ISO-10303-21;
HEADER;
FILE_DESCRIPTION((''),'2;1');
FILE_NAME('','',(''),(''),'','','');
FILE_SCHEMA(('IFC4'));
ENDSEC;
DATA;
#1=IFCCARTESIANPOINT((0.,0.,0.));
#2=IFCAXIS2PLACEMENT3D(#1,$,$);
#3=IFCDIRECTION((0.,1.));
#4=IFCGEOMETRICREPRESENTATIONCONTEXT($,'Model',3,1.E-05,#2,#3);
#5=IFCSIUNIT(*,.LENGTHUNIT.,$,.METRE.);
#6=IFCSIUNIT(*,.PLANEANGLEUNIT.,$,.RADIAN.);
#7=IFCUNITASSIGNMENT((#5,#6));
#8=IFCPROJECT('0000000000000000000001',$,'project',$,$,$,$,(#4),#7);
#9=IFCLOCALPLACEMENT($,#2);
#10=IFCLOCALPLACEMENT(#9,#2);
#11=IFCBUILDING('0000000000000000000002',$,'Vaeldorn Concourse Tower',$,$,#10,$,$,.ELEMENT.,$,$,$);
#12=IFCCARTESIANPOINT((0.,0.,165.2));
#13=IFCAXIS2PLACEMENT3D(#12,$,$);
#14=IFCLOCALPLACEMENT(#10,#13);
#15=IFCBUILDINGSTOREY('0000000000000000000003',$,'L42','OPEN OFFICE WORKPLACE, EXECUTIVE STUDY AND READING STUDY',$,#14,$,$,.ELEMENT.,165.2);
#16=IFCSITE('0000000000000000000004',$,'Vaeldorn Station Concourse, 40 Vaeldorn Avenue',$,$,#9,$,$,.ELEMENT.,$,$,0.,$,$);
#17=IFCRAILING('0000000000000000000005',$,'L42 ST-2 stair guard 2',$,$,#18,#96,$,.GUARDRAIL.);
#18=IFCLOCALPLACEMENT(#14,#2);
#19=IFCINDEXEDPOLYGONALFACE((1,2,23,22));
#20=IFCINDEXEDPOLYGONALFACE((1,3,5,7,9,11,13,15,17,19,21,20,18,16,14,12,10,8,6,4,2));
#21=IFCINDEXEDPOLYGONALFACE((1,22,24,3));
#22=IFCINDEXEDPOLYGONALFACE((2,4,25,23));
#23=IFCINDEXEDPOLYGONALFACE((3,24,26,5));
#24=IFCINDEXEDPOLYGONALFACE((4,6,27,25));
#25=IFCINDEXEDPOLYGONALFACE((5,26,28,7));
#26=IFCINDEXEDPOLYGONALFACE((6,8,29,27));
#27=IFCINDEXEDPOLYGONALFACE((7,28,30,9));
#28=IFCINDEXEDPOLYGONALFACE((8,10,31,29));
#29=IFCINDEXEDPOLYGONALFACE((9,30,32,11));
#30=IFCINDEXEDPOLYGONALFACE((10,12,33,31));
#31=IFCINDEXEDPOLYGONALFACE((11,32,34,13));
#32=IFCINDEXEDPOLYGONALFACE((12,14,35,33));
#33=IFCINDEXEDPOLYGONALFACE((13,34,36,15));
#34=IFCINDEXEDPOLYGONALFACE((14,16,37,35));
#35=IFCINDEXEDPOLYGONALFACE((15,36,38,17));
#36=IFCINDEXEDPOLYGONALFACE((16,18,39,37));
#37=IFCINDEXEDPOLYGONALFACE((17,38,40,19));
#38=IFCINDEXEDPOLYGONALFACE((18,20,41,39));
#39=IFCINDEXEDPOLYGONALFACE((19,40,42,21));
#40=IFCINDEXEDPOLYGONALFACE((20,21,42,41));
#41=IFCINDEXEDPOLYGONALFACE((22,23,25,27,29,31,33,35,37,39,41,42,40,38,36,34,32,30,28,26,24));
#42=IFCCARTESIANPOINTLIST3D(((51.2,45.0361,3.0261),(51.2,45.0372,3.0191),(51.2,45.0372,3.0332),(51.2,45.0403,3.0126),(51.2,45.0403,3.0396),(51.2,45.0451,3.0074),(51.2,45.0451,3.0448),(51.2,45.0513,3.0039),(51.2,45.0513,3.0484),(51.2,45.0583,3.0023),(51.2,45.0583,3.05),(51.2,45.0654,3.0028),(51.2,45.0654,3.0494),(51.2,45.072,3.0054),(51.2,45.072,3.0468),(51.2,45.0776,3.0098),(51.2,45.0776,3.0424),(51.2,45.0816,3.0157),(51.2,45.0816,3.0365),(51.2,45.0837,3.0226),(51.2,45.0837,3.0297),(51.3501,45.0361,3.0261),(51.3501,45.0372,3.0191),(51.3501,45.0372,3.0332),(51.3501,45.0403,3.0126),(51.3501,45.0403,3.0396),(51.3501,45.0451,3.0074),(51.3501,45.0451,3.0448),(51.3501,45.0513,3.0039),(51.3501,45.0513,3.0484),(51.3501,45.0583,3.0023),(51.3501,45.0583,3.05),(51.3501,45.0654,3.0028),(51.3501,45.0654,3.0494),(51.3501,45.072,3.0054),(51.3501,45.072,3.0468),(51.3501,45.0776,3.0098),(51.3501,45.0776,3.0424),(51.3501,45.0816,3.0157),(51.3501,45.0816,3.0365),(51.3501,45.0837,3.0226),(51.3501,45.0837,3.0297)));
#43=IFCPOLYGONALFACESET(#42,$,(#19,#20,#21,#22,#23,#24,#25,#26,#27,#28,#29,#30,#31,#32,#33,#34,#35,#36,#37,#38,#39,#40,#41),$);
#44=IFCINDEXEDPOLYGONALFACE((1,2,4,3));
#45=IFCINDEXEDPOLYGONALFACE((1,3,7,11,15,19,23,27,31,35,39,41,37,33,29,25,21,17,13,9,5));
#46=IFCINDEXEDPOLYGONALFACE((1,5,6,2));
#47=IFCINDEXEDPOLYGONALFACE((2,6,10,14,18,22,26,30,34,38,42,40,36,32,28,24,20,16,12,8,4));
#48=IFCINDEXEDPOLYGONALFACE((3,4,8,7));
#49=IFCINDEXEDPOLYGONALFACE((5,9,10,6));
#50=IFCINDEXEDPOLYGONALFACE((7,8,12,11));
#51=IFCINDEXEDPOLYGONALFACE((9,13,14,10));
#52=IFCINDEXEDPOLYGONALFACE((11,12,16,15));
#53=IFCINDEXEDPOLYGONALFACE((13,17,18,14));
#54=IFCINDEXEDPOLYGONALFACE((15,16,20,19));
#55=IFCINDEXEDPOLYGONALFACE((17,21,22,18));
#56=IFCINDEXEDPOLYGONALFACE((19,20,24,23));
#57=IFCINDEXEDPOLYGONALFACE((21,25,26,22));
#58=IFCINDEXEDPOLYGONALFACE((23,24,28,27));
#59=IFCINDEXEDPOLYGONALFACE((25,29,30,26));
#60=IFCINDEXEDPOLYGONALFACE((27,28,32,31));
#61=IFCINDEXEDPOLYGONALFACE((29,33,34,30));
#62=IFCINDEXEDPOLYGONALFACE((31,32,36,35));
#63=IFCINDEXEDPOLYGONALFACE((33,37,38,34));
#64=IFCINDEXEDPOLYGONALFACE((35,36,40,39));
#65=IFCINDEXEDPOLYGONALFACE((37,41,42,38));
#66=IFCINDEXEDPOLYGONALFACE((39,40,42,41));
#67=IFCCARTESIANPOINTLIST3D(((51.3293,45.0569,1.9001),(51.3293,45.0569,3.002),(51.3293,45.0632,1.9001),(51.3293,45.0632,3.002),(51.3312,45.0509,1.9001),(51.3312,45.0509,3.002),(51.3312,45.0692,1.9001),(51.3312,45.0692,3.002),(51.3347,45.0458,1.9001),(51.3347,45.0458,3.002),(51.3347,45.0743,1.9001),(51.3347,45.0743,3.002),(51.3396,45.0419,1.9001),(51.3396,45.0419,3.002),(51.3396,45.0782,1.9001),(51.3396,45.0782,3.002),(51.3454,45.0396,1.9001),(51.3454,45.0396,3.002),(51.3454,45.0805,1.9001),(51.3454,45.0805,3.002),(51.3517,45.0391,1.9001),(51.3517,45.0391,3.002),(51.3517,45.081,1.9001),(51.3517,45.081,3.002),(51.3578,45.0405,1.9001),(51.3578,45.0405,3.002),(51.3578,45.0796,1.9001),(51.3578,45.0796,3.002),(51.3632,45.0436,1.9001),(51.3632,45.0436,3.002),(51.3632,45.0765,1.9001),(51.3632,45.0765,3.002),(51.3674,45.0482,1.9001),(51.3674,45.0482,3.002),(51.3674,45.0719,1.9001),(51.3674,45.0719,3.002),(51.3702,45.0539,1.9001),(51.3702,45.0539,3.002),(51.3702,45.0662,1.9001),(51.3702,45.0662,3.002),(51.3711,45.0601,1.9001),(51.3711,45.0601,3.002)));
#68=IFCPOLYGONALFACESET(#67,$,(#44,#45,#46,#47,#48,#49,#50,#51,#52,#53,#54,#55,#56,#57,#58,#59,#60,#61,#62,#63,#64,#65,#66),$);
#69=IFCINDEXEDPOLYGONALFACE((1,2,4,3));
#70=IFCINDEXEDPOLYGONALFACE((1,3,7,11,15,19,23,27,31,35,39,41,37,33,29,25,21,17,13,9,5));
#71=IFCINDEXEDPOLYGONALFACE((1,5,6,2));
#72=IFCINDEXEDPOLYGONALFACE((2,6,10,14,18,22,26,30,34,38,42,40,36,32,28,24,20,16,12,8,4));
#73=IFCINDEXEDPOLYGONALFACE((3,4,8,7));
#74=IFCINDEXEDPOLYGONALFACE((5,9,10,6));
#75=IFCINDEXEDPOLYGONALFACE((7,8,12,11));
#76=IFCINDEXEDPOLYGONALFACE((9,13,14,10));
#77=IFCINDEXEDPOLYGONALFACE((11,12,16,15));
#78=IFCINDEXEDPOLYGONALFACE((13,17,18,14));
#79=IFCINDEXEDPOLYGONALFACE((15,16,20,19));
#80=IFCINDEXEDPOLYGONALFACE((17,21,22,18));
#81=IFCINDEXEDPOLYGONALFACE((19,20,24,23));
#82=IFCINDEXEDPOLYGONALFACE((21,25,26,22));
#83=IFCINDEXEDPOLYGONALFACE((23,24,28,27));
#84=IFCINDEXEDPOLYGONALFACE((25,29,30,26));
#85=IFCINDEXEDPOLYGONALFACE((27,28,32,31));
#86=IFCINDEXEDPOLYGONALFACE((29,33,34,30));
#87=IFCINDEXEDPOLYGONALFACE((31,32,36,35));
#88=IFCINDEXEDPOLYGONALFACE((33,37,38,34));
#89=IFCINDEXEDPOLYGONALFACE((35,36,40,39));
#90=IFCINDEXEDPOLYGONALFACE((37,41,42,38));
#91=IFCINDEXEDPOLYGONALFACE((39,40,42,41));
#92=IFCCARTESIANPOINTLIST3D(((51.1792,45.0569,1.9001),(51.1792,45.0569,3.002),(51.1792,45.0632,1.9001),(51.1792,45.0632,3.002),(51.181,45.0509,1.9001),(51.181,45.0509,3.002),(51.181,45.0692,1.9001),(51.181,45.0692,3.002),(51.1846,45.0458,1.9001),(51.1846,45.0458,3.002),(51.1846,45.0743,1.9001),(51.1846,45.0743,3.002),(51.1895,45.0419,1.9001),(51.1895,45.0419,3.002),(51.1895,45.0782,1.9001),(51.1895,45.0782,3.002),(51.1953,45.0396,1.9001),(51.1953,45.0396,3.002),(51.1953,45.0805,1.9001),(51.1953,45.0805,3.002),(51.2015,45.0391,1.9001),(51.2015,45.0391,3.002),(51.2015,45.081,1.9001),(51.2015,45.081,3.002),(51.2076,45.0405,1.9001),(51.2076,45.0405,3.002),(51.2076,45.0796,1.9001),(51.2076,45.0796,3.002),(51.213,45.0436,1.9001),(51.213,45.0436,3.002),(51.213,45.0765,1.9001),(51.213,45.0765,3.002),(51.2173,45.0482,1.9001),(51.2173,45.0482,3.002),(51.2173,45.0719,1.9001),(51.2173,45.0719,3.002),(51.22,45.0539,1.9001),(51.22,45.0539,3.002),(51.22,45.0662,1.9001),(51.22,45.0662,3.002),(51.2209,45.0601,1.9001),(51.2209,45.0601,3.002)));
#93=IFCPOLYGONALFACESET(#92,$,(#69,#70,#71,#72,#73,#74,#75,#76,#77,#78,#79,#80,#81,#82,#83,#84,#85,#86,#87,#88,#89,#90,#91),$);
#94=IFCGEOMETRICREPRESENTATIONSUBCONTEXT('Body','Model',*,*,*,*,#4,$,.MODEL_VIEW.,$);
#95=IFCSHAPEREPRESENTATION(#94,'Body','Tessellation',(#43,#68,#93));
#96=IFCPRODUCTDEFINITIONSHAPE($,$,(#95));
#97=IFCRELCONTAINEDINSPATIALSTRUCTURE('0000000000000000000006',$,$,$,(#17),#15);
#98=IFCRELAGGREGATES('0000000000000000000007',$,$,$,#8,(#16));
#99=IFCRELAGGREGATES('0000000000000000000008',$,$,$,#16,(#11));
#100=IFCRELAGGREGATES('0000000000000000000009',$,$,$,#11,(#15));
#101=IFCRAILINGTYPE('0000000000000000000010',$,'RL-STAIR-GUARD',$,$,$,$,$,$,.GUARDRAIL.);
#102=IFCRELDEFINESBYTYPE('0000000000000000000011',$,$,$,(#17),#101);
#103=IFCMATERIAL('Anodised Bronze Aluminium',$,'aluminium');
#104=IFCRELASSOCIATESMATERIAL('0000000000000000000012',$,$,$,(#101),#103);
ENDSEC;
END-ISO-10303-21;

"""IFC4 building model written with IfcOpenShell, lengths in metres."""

from ifc_helpers import new_model, si_unit, direction, frame, origin, origin_2d, place, context, subcontext, project, spatial, circle, extrude, material, type_object, element, save


model = new_model("IFC4")

# Units and contexts
model_context = context("Model", 3, precision=1e-05, world=origin(), true_north=direction((0.0, 1.0)))
body_context = subcontext(model_context, "Body", "Model", "MODEL_VIEW")
ifc_project = project(units=[si_unit("LENGTHUNIT", "METRE"), si_unit("PLANEANGLEUNIT", "RADIAN")], contexts=[model_context])

# Site, building, storey
site_placement = place(None, origin())
site = spatial("IfcSite", under=ifc_project, at=site_placement, Name="Vaeldorn Station Concourse, 40 Vaeldorn Avenue", CompositionType="ELEMENT", RefElevation=0.0)
building_placement = place(site_placement, origin())
building = spatial("IfcBuilding", under=site, at=building_placement, Name="Vaeldorn Concourse Tower", CompositionType="ELEMENT")
storey_placement = place(building_placement, frame((0.0, 0.0, 165.2)))
storey = spatial("IfcBuildingStorey", under=building, at=storey_placement, Name="L42", Description="OPEN OFFICE WORKPLACE, EXECUTIVE STUDY AND READING STUDY", CompositionType="ELEMENT", Elevation=165.2)

# Shared definitions
ifc_material_1 = material(Name="Anodised Bronze Aluminium", Category="aluminium")

# Railing
railing_type_1 = type_object("IfcRailingType", Name="RL-STAIR-GUARD", PredefinedType="GUARDRAIL", material=ifc_material_1)
railing_1_placement = place(storey_placement, frame((51.3501, 45.0601, 1.9001)))
element("IfcRailing", 1, at=railing_1_placement, inside=storey, type_object=railing_type_1, Name="L42 ST-2 stair guard 2", PredefinedType="GUARDRAIL", context=body_context, shape_type="SweptSolid", body=[
    extrude(circle(Radius=0.0239, at=origin_2d()), frame((0.0, 0.0, 1.126), z_axis=(-1.0, 0.0, 0.0), x_axis=(0.0, -1.0, 0.0)), (0.0, 0.0, 1.0), 0.1501),
    extrude(circle(Radius=0.021, at=origin_2d()), origin(), (0.0, 0.0, 1.0), 1.1018),
    extrude(circle(Radius=0.021, at=origin_2d()), frame((-0.1501, 0.0, 0.0)), (0.0, 0.0, 1.0), 1.1018),
])

save(model, "model.ifc")
